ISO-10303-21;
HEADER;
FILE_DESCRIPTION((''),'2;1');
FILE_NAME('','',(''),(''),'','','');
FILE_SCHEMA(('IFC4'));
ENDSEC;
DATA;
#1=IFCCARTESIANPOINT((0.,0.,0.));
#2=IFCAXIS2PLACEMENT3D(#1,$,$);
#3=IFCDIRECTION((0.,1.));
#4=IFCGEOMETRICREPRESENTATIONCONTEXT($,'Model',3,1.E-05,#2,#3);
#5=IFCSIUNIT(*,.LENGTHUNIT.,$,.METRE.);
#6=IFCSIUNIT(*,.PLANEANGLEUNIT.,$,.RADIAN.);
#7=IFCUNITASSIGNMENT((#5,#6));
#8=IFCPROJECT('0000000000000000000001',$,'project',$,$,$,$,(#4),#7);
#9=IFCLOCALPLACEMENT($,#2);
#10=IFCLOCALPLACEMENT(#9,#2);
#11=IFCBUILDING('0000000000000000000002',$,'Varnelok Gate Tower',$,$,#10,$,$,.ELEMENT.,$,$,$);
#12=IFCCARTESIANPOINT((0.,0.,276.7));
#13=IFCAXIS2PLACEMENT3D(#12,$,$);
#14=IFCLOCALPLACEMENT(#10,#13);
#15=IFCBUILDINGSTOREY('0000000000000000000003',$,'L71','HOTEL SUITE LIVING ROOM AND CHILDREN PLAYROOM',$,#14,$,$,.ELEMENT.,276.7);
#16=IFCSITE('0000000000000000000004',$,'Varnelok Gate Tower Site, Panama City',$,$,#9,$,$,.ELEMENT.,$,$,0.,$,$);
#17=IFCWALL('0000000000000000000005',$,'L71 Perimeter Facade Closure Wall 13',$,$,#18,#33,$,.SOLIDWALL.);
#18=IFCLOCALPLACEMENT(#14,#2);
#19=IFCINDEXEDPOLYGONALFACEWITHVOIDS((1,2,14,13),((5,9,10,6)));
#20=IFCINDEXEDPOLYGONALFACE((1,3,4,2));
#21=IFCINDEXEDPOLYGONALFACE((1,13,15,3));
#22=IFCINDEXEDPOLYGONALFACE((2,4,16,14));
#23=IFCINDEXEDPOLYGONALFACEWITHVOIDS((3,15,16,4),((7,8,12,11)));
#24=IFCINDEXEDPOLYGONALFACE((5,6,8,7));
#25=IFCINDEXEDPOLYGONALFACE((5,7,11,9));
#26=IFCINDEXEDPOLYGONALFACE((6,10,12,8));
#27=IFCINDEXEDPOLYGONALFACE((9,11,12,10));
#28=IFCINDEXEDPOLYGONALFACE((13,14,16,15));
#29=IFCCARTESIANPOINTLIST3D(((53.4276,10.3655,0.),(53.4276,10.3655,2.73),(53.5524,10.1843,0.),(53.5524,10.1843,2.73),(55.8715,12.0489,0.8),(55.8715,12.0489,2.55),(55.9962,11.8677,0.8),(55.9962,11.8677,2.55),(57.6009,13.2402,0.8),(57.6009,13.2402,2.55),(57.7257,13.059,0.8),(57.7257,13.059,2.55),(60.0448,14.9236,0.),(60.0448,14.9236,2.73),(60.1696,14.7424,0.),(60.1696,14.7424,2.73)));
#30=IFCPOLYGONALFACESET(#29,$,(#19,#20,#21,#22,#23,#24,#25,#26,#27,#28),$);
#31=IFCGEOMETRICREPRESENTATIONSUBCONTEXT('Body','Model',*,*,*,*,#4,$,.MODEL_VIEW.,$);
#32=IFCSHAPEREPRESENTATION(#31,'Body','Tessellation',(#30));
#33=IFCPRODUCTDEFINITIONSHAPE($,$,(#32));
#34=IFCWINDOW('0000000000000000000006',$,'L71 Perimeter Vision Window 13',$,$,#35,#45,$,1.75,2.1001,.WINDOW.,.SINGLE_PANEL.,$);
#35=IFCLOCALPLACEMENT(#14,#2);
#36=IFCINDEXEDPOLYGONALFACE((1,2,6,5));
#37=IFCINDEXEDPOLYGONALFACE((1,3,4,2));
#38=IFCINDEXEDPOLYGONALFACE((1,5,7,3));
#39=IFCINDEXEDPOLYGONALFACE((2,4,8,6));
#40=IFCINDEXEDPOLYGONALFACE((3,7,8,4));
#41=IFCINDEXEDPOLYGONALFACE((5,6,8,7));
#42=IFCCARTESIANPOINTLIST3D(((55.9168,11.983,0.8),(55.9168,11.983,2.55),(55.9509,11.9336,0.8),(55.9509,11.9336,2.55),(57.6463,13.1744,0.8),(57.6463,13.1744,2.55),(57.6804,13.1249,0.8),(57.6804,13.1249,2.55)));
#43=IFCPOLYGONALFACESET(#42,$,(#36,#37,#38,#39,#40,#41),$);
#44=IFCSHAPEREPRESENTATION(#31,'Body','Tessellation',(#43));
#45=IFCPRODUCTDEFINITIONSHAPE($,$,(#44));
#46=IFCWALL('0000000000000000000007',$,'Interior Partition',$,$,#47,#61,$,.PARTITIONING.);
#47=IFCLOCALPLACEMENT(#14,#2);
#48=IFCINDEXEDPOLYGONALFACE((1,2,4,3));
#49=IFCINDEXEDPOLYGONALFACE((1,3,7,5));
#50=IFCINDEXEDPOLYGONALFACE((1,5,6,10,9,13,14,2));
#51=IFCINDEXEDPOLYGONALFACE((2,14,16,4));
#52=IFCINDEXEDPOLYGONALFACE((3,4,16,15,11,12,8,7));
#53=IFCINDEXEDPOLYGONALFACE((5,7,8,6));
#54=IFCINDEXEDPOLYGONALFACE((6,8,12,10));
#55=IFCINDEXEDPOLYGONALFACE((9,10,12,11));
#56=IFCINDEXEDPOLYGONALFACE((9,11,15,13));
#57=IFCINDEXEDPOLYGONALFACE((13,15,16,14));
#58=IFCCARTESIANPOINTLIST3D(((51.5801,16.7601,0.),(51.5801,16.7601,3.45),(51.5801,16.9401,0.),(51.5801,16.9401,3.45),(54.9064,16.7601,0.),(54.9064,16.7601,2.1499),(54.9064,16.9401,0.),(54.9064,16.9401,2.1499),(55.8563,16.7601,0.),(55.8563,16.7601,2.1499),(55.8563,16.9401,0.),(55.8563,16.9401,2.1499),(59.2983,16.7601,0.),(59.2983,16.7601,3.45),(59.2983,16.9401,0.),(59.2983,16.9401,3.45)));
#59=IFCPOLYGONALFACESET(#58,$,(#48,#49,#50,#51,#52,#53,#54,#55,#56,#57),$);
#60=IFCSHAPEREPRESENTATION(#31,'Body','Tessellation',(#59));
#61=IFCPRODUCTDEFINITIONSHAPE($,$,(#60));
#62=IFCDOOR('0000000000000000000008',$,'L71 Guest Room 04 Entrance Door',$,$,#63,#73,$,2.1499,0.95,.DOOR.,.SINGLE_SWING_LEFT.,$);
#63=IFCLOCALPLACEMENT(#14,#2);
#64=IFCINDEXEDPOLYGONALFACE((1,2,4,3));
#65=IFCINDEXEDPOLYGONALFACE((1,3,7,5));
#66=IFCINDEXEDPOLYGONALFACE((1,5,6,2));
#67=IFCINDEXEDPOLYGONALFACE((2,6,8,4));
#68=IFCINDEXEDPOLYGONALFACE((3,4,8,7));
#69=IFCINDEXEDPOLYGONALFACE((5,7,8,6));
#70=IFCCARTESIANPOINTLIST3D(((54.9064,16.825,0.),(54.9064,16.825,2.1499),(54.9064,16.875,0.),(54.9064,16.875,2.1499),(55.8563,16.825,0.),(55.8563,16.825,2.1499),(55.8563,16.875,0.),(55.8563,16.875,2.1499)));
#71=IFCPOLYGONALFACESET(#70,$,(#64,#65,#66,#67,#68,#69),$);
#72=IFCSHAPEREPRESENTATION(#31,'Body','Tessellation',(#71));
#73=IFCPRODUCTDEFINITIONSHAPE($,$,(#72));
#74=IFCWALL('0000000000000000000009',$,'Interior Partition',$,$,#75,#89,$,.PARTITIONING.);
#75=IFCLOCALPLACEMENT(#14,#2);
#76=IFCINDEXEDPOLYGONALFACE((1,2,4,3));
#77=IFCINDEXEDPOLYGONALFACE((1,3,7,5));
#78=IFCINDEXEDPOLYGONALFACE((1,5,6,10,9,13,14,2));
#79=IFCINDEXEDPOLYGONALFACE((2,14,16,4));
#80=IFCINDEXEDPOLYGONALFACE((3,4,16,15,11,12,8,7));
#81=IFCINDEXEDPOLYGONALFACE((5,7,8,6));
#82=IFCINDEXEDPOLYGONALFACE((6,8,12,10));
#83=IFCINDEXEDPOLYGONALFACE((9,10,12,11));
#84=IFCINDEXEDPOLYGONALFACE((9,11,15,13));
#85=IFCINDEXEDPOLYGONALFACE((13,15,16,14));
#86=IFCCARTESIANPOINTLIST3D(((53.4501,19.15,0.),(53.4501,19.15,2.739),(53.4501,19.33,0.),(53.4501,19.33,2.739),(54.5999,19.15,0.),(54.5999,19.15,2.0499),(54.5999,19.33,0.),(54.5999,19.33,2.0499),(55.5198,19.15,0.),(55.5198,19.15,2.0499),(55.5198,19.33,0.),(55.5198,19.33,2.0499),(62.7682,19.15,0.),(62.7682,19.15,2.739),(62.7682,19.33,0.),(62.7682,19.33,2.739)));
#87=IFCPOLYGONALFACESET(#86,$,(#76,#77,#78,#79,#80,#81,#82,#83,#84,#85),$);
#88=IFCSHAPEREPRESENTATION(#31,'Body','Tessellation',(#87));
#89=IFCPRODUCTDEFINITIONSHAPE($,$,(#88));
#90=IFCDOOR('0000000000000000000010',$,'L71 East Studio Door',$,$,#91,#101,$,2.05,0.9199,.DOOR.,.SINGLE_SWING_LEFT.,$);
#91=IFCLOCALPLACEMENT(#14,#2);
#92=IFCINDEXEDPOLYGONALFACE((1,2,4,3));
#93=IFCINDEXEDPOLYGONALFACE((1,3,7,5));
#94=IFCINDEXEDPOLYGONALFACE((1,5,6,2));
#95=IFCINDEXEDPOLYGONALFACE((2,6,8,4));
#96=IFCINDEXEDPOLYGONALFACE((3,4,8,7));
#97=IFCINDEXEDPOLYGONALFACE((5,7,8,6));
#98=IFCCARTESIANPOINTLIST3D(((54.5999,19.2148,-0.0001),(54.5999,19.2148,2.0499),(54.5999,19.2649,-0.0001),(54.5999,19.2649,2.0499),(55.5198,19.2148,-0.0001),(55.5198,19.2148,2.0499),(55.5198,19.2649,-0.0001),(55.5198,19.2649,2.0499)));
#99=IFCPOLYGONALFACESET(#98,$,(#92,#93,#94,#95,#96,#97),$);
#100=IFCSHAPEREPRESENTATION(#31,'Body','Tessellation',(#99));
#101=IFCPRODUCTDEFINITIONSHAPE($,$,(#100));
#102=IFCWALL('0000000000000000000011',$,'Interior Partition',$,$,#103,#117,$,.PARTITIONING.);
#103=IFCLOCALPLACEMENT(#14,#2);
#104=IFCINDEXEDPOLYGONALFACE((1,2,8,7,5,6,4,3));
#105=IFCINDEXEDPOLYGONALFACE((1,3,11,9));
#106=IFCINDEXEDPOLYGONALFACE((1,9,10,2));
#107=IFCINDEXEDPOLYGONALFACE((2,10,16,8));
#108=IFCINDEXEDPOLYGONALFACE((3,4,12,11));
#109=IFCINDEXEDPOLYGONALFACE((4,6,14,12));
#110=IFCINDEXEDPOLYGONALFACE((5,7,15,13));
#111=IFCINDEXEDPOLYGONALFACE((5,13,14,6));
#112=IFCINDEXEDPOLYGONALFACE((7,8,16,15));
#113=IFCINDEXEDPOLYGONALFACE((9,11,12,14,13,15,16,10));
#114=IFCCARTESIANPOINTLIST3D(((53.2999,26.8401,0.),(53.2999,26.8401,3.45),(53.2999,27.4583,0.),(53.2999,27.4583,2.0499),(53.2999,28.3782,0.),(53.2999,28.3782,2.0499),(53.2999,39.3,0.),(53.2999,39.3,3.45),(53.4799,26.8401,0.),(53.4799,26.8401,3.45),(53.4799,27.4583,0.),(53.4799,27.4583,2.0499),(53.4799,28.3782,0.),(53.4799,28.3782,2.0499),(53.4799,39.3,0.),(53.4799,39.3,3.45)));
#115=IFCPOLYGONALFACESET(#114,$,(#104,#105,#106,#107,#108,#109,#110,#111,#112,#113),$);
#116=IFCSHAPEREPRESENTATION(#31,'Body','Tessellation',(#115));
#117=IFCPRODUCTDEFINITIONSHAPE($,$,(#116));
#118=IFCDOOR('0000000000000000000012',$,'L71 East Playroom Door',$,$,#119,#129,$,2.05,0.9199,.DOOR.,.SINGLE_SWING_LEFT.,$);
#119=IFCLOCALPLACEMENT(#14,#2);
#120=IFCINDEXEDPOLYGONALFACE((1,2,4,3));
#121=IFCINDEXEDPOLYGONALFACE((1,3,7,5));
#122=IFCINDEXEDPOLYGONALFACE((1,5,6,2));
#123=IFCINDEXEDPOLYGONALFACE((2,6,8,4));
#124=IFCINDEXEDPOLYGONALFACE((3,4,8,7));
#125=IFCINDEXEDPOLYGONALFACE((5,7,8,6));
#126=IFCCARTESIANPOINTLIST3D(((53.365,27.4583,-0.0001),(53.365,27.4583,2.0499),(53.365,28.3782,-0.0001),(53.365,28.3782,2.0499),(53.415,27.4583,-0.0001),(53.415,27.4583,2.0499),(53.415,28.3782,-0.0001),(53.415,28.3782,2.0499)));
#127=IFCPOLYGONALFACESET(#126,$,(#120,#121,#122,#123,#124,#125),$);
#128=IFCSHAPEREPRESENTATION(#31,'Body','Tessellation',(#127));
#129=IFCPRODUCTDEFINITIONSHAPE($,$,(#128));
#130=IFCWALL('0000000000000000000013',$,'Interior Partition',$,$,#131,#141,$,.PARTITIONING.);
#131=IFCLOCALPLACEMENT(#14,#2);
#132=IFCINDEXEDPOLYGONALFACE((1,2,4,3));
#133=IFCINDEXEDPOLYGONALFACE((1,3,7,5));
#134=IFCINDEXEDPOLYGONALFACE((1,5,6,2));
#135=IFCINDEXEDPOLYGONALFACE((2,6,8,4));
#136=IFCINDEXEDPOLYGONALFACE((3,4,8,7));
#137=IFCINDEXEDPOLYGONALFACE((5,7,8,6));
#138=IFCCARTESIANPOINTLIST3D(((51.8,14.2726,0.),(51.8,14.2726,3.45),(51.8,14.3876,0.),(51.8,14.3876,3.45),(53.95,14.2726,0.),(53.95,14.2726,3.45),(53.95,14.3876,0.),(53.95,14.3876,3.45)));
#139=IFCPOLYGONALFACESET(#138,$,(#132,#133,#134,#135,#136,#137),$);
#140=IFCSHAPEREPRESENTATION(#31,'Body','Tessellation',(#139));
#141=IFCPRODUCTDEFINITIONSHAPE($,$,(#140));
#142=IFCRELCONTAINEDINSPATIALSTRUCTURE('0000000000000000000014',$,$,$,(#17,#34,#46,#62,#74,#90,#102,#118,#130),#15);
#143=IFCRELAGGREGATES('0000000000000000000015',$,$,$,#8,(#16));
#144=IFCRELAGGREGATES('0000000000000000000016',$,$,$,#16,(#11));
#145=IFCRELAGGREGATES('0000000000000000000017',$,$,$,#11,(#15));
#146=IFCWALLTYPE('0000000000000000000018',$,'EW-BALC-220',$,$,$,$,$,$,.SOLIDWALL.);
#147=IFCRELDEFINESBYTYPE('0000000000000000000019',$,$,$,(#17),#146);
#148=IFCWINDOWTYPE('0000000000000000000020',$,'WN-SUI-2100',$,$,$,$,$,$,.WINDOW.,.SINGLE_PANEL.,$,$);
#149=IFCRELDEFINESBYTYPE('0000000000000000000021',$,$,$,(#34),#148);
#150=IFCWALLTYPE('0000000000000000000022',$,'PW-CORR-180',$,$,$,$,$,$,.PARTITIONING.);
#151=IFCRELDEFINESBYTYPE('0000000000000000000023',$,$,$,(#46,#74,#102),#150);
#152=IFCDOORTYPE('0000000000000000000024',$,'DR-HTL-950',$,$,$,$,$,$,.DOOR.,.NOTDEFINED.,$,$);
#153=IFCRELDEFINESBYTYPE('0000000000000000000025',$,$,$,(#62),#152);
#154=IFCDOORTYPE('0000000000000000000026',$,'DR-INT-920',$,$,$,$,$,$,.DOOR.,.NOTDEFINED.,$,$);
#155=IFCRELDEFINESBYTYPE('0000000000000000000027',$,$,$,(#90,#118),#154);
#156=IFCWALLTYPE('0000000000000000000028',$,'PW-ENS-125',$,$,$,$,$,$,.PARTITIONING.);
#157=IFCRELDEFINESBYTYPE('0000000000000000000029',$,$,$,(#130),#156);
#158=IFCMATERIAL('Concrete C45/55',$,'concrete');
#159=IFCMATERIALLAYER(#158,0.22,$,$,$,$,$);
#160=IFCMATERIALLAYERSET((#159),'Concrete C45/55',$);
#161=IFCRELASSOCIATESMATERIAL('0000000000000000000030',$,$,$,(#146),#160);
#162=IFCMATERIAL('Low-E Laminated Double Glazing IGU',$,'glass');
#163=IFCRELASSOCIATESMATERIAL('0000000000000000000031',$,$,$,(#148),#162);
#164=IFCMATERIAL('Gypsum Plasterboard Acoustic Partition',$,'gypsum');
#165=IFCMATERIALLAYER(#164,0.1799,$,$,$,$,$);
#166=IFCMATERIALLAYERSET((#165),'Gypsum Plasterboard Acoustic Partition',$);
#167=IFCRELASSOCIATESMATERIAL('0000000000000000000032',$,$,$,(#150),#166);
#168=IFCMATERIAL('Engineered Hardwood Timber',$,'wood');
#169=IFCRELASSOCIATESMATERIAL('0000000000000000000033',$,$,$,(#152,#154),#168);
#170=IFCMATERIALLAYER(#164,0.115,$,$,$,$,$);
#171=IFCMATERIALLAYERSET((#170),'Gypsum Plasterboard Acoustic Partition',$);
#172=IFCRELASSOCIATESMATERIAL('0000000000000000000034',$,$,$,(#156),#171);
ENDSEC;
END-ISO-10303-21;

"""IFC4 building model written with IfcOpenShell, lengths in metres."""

from ifc_helpers import new_model, si_unit, direction, frame, frame_2d, origin, place, context, subcontext, project, spatial, rectangle, extrude, material, layer, layer_set, type_object, element, fill, save


model = new_model("IFC4")

# Units and contexts
model_context = context("Model", 3, precision=1e-05, world=origin(), true_north=direction((0.0, 1.0)))
body_context = subcontext(model_context, "Body", "Model", "MODEL_VIEW")
ifc_project = project(units=[si_unit("LENGTHUNIT", "METRE"), si_unit("PLANEANGLEUNIT", "RADIAN")], contexts=[model_context])

# Site, building, storey
site_placement = place(None, origin())
site = spatial("IfcSite", under=ifc_project, at=site_placement, Name="Varnelok Gate Tower Site, Panama City", CompositionType="ELEMENT", RefElevation=0.0)
building_placement = place(site_placement, origin())
building = spatial("IfcBuilding", under=site, at=building_placement, Name="Varnelok Gate Tower", CompositionType="ELEMENT")
storey_placement = place(building_placement, frame((0.0, 0.0, 276.7)))
storey = spatial("IfcBuildingStorey", under=building, at=storey_placement, Name="L71", Description="HOTEL SUITE LIVING ROOM AND CHILDREN PLAYROOM", CompositionType="ELEMENT", Elevation=276.7)

# Shared definitions
ifc_material_1 = material(Name="Concrete C45/55", Category="concrete")
ifc_layer_1 = layer(ifc_material_1, 0.22)
ifc_layer_set_1 = layer_set([ifc_layer_1], Name="Concrete C45/55")
wall_type_1 = type_object("IfcWallType", Name="EW-BALC-220", PredefinedType="SOLIDWALL", material=ifc_layer_set_1)

# Wall, opening, window
wall_1_placement = place(storey_placement, frame((53.49, 10.2749, 0.0), z_axis=(0.0, 0.0, 1.0), x_axis=(0.823531, 0.567271, 0.0)))
wall_1 = element("IfcWall", 1, at=wall_1_placement, inside=storey, type_object=wall_type_1, Name="L71 Perimeter Facade Closure Wall 13", PredefinedType="SOLIDWALL", context=body_context, shape_type="SweptSolid", body=[
    extrude(rectangle(XDim=8.0352, YDim=0.22, at=frame_2d((4.0176, 0.0))), origin(), (0.0, 0.0, 1.0), 2.73),
])
opening_1_placement = place(wall_1_placement, frame((2.9675, 0.0, 0.8)))
opening_1 = element("IfcOpeningElement", 2, at=opening_1_placement, cuts=wall_1, PredefinedType="OPENING", context=body_context, shape_type="SweptSolid", body=[
    extrude(rectangle(XDim=2.1001, YDim=1.75, at=frame_2d((1.05, 0.875))), frame((0.0, 0.1199, 0.0), z_axis=(0.0, -1.0, 0.0), x_axis=(1.0, 0.0, 0.0)), (0.0, 0.0, 1.0), 0.24),
])
ifc_material_2 = material(Name="Low-E Laminated Double Glazing IGU", Category="glass")
window_type = type_object("IfcWindowType", Name="WN-SUI-2100", PartitioningType="SINGLE_PANEL", PredefinedType="WINDOW", material=ifc_material_2)
window_placement = place(opening_1_placement, origin())
window = element("IfcWindow", 3, at=window_placement, inside=storey, type_object=window_type, Name="L71 Perimeter Vision Window 13", OverallHeight=1.75, OverallWidth=2.1001, PartitioningType="SINGLE_PANEL", PredefinedType="WINDOW", context=body_context, shape_type="SweptSolid", body=[
    extrude(rectangle(XDim=2.1001, YDim=1.75, at=frame_2d((1.05, 0.875))), frame((0.0, 0.03, 0.0), z_axis=(0.0, -1.0, 0.0), x_axis=(1.0, 0.0, 0.0)), (0.0, 0.0, 1.0), 0.0601),
])
fill(opening_1, window)

# Walls, openings, doors
ifc_material_3 = material(Name="Gypsum Plasterboard Acoustic Partition", Category="gypsum")
ifc_layer_2 = layer(ifc_material_3, 0.1799)
ifc_layer_set_2 = layer_set([ifc_layer_2], Name="Gypsum Plasterboard Acoustic Partition")
wall_type_2 = type_object("IfcWallType", Name="PW-CORR-180", PredefinedType="PARTITIONING", material=ifc_layer_set_2)
wall_2_placement = place(storey_placement, frame((51.5801, 16.8501, 0.0), z_axis=(0.0, 0.0, 1.0), x_axis=(1.0, 0.0, 0.0)))
wall_2 = element("IfcWall", 4, at=wall_2_placement, inside=storey, type_object=wall_type_2, Name="Interior Partition", PredefinedType="PARTITIONING", context=body_context, shape_type="SweptSolid", body=[
    extrude(rectangle(XDim=7.7183, YDim=0.1799, at=frame_2d((3.8591, 0.0))), origin(), (0.0, 0.0, 1.0), 3.45),
])
opening_2_placement = place(wall_2_placement, frame((3.3262, 0.0, 0.0)))
opening_2 = element("IfcOpeningElement", 5, at=opening_2_placement, cuts=wall_2, PredefinedType="OPENING", context=body_context, shape_type="SweptSolid", body=[
    extrude(rectangle(XDim=0.95, YDim=2.1499, at=frame_2d((0.4751, 1.075))), frame((0.0, 0.0999, 0.0), z_axis=(0.0, -1.0, 0.0), x_axis=(1.0, 0.0, 0.0)), (0.0, 0.0, 1.0), 0.2),
])
ifc_material_4 = material(Name="Engineered Hardwood Timber", Category="wood")
door_type_1 = type_object("IfcDoorType", Name="DR-HTL-950", OperationType="NOTDEFINED", PredefinedType="DOOR", material=ifc_material_4)
door_1_placement = place(opening_2_placement, origin())
door_1 = element("IfcDoor", 6, at=door_1_placement, inside=storey, type_object=door_type_1, Name="L71 Guest Room 04 Entrance Door", OperationType="SINGLE_SWING_LEFT", OverallHeight=2.1499, OverallWidth=0.95, PredefinedType="DOOR", context=body_context, shape_type="SweptSolid", body=[
    extrude(rectangle(XDim=0.95, YDim=2.1499, at=frame_2d((0.4751, 1.075))), frame((0.0, 0.0249, 0.0), z_axis=(0.0, -1.0, 0.0), x_axis=(1.0, 0.0, 0.0)), (0.0, 0.0, 1.0), 0.05),
])
fill(opening_2, door_1)
wall_3_placement = place(storey_placement, frame((53.45, 19.24, 0.0), z_axis=(0.0, 0.0, 1.0), x_axis=(1.0, 0.0, 0.0)))
wall_3 = element("IfcWall", 7, at=wall_3_placement, inside=storey, type_object=wall_type_2, Name="Interior Partition", PredefinedType="PARTITIONING", context=body_context, shape_type="SweptSolid", body=[
    extrude(rectangle(XDim=9.3181, YDim=0.1799, at=frame_2d((4.6592, 0.0))), origin(), (0.0, 0.0, 1.0), 2.739),
])
opening_3_placement = place(wall_3_placement, frame((1.1499, 0.0, 0.0)))
opening_3 = element("IfcOpeningElement", 8, at=opening_3_placement, cuts=wall_3, PredefinedType="OPENING", context=body_context, shape_type="SweptSolid", body=[
    extrude(rectangle(XDim=0.9199, YDim=2.05, at=frame_2d((0.46, 1.0249))), frame((0.0, 0.0999, 0.0), z_axis=(0.0, -1.0, 0.0), x_axis=(1.0, 0.0, 0.0)), (0.0, 0.0, 1.0), 0.2),
])
door_type_2 = type_object("IfcDoorType", Name="DR-INT-920", OperationType="NOTDEFINED", PredefinedType="DOOR", material=ifc_material_4)
door_2_placement = place(opening_3_placement, origin())
door_2 = element("IfcDoor", 9, at=door_2_placement, inside=storey, type_object=door_type_2, Name="L71 East Studio Door", OperationType="SINGLE_SWING_LEFT", OverallHeight=2.05, OverallWidth=0.9199, PredefinedType="DOOR", context=body_context, shape_type="SweptSolid", body=[
    extrude(rectangle(XDim=0.9199, YDim=2.05, at=frame_2d((0.46, 1.0249))), frame((0.0, 0.0249, 0.0), z_axis=(0.0, -1.0, 0.0), x_axis=(1.0, 0.0, 0.0)), (0.0, 0.0, 1.0), 0.05),
])
fill(opening_3, door_2)
wall_4_placement = place(storey_placement, frame((53.3899, 26.8401, 0.0), z_axis=(0.0, 0.0, 1.0), x_axis=(0.0, 1.0, 0.0)))
wall_4 = element("IfcWall", 10, at=wall_4_placement, inside=storey, type_object=wall_type_2, Name="Interior Partition", PredefinedType="PARTITIONING", context=body_context, shape_type="SweptSolid", body=[
    extrude(rectangle(XDim=12.46, YDim=0.1799, at=frame_2d((6.23, 0.0))), origin(), (0.0, 0.0, 1.0), 3.45),
])
opening_4_placement = place(wall_4_placement, frame((0.6182, 0.0, 0.0)))
opening_4 = element("IfcOpeningElement", 11, at=opening_4_placement, cuts=wall_4, PredefinedType="OPENING", context=body_context, shape_type="SweptSolid", body=[
    extrude(rectangle(XDim=0.9199, YDim=2.05, at=frame_2d((0.46, 1.0249))), frame((0.0, 0.0999, 0.0), z_axis=(0.0, -1.0, 0.0), x_axis=(1.0, 0.0, 0.0)), (0.0, 0.0, 1.0), 0.2),
])
door_3_placement = place(opening_4_placement, origin())
door_3 = element("IfcDoor", 12, at=door_3_placement, inside=storey, type_object=door_type_2, Name="L71 East Playroom Door", OperationType="SINGLE_SWING_LEFT", OverallHeight=2.05, OverallWidth=0.9199, PredefinedType="DOOR", context=body_context, shape_type="SweptSolid", body=[
    extrude(rectangle(XDim=0.9199, YDim=2.05, at=frame_2d((0.46, 1.0249))), frame((0.0, 0.0249, 0.0), z_axis=(0.0, -1.0, 0.0), x_axis=(1.0, 0.0, 0.0)), (0.0, 0.0, 1.0), 0.05),
])
fill(opening_4, door_3)

# Wall
ifc_layer_3 = layer(ifc_material_3, 0.115)
ifc_layer_set_3 = layer_set([ifc_layer_3], Name="Gypsum Plasterboard Acoustic Partition")
wall_type_3 = type_object("IfcWallType", Name="PW-ENS-125", PredefinedType="PARTITIONING", material=ifc_layer_set_3)
wall_5_placement = place(storey_placement, frame((51.8, 14.3301, 0.0), z_axis=(0.0, 0.0, 1.0), x_axis=(1.0, 0.0, 0.0)))
element("IfcWall", 13, at=wall_5_placement, inside=storey, type_object=wall_type_3, Name="Interior Partition", PredefinedType="PARTITIONING", context=body_context, shape_type="SweptSolid", body=[
    extrude(rectangle(XDim=2.1499, YDim=0.115, at=frame_2d((1.075, 0.0))), origin(), (0.0, 0.0, 1.0), 3.45),
])

save(model, "model.ifc")
